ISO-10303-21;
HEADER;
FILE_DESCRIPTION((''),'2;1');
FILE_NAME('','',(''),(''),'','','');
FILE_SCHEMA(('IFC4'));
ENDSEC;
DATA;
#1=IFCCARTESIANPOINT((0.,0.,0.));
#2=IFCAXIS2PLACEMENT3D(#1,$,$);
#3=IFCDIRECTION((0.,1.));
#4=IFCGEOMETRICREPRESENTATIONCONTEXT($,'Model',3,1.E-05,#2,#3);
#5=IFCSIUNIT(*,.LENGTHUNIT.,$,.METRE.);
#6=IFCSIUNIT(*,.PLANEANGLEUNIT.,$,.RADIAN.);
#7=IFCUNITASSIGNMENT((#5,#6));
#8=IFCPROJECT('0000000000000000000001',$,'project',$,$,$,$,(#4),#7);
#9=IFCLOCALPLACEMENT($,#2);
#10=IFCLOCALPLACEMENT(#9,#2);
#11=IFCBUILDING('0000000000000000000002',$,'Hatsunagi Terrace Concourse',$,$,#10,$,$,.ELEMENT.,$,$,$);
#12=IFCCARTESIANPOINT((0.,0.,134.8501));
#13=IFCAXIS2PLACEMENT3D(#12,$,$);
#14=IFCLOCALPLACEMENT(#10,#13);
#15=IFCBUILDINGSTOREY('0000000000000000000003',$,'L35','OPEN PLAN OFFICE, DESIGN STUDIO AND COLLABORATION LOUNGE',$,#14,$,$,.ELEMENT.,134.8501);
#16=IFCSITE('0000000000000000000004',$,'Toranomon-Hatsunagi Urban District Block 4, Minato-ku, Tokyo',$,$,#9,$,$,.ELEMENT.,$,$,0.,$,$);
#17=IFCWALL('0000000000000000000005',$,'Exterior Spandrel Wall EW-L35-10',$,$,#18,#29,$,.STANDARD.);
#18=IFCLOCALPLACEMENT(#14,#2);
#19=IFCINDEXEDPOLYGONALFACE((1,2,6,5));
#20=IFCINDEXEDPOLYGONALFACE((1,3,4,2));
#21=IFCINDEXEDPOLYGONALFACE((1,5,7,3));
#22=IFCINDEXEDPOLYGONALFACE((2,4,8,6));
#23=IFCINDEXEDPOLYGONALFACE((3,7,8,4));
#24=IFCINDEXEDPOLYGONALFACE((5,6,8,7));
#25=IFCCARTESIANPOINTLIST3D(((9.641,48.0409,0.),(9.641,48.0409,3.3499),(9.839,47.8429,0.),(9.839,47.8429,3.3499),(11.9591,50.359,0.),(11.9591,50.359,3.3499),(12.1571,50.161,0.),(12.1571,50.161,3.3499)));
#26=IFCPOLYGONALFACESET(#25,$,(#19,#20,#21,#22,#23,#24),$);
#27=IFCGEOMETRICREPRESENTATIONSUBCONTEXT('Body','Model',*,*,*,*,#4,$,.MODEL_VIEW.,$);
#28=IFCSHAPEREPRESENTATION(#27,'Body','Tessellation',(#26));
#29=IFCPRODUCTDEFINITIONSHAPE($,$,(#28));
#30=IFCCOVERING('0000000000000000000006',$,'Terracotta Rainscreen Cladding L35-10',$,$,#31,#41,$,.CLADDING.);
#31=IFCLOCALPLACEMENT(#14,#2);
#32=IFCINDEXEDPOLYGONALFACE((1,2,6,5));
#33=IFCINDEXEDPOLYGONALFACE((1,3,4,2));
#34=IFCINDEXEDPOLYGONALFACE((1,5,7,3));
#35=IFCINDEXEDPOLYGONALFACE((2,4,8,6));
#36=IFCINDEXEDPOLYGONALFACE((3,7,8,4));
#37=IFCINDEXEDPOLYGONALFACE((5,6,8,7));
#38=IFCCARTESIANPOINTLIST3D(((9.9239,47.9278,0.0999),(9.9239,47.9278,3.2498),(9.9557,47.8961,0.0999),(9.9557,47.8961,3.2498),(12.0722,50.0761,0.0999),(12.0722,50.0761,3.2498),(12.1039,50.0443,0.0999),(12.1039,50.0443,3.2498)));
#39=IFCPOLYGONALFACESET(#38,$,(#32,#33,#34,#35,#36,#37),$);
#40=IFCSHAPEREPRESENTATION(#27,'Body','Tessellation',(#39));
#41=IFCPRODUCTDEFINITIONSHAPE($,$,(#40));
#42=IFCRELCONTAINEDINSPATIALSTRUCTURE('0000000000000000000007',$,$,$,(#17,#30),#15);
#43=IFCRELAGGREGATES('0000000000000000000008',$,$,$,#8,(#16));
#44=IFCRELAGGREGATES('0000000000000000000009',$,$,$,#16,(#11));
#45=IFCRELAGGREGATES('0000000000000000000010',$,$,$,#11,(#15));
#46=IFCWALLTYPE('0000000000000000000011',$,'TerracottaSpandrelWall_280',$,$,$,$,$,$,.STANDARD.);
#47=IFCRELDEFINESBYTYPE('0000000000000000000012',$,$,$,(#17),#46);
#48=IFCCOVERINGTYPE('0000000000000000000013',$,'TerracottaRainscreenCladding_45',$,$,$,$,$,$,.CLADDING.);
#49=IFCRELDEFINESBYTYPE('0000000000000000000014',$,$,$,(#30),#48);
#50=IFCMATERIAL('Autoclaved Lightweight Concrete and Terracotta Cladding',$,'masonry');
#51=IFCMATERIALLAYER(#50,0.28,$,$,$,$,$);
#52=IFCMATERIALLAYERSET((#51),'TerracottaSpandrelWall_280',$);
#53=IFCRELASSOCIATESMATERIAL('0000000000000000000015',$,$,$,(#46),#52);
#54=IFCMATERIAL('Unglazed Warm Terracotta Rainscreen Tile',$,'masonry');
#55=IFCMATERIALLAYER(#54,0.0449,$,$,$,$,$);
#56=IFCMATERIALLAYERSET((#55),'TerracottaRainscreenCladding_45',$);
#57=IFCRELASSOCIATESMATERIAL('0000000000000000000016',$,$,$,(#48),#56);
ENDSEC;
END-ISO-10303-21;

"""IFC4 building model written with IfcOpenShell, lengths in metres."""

from ifc_helpers import new_model, si_unit, direction, frame, frame_2d, origin, origin_2d, place, context, subcontext, project, spatial, rectangle, extrude, material, layer, layer_set, type_object, element, save


model = new_model("IFC4")

# Units and contexts
model_context = context("Model", 3, precision=1e-05, world=origin(), true_north=direction((0.0, 1.0)))
body_context = subcontext(model_context, "Body", "Model", "MODEL_VIEW")
ifc_project = project(units=[si_unit("LENGTHUNIT", "METRE"), si_unit("PLANEANGLEUNIT", "RADIAN")], contexts=[model_context])

# Site, building, storey
site_placement = place(None, origin())
site = spatial("IfcSite", under=ifc_project, at=site_placement, Name="Toranomon-Hatsunagi Urban District Block 4, Minato-ku, Tokyo", CompositionType="ELEMENT", RefElevation=0.0)
building_placement = place(site_placement, origin())
building = spatial("IfcBuilding", under=site, at=building_placement, Name="Hatsunagi Terrace Concourse", CompositionType="ELEMENT")
storey_placement = place(building_placement, frame((0.0, 0.0, 134.8501)))
storey = spatial("IfcBuildingStorey", under=building, at=storey_placement, Name="L35", Description="OPEN PLAN OFFICE, DESIGN STUDIO AND COLLABORATION LOUNGE", CompositionType="ELEMENT", Elevation=134.8501)

# Wall
ifc_material_1 = material(Name="Autoclaved Lightweight Concrete and Terracotta Cladding", Category="masonry")
ifc_layer_1 = layer(ifc_material_1, 0.28)
ifc_layer_set_1 = layer_set([ifc_layer_1], Name="TerracottaSpandrelWall_280")
wall_type = type_object("IfcWallType", Name="TerracottaSpandrelWall_280", PredefinedType="STANDARD", material=ifc_layer_set_1)
wall_placement = place(storey_placement, frame((9.74, 47.9419, 0.0), z_axis=(0.0, 0.0, 1.0), x_axis=(0.707107, 0.707107, 0.0)))
element("IfcWall", 1, at=wall_placement, inside=storey, type_object=wall_type, Name="Exterior Spandrel Wall EW-L35-10", PredefinedType="STANDARD", context=body_context, shape_type="SweptSolid", body=[
    extrude(rectangle(XDim=3.2783, YDim=0.28, at=frame_2d((1.6392, 0.0))), origin(), (0.0, 0.0, 1.0), 3.3499),
])

# Covering
ifc_material_2 = material(Name="Unglazed Warm Terracotta Rainscreen Tile", Category="masonry")
ifc_layer_2 = layer(ifc_material_2, 0.0449)
ifc_layer_set_2 = layer_set([ifc_layer_2], Name="TerracottaRainscreenCladding_45")
covering_type = type_object("IfcCoveringType", Name="TerracottaRainscreenCladding_45", PredefinedType="CLADDING", material=ifc_layer_set_2)
covering_placement = place(storey_placement, frame((11.0139, 48.9861, 0.0999), z_axis=(0.0, 0.0, 1.0), x_axis=(0.707107, 0.707107, 0.0)))
element("IfcCovering", 2, at=covering_placement, inside=storey, type_object=covering_type, Name="Terracotta Rainscreen Cladding L35-10", PredefinedType="CLADDING", context=body_context, shape_type="SweptSolid", body=[
    extrude(rectangle(XDim=3.0381, YDim=0.0449, at=origin_2d()), origin(), (0.0, 0.0, 1.0), 3.1499),
])

save(model, "model.ifc")
